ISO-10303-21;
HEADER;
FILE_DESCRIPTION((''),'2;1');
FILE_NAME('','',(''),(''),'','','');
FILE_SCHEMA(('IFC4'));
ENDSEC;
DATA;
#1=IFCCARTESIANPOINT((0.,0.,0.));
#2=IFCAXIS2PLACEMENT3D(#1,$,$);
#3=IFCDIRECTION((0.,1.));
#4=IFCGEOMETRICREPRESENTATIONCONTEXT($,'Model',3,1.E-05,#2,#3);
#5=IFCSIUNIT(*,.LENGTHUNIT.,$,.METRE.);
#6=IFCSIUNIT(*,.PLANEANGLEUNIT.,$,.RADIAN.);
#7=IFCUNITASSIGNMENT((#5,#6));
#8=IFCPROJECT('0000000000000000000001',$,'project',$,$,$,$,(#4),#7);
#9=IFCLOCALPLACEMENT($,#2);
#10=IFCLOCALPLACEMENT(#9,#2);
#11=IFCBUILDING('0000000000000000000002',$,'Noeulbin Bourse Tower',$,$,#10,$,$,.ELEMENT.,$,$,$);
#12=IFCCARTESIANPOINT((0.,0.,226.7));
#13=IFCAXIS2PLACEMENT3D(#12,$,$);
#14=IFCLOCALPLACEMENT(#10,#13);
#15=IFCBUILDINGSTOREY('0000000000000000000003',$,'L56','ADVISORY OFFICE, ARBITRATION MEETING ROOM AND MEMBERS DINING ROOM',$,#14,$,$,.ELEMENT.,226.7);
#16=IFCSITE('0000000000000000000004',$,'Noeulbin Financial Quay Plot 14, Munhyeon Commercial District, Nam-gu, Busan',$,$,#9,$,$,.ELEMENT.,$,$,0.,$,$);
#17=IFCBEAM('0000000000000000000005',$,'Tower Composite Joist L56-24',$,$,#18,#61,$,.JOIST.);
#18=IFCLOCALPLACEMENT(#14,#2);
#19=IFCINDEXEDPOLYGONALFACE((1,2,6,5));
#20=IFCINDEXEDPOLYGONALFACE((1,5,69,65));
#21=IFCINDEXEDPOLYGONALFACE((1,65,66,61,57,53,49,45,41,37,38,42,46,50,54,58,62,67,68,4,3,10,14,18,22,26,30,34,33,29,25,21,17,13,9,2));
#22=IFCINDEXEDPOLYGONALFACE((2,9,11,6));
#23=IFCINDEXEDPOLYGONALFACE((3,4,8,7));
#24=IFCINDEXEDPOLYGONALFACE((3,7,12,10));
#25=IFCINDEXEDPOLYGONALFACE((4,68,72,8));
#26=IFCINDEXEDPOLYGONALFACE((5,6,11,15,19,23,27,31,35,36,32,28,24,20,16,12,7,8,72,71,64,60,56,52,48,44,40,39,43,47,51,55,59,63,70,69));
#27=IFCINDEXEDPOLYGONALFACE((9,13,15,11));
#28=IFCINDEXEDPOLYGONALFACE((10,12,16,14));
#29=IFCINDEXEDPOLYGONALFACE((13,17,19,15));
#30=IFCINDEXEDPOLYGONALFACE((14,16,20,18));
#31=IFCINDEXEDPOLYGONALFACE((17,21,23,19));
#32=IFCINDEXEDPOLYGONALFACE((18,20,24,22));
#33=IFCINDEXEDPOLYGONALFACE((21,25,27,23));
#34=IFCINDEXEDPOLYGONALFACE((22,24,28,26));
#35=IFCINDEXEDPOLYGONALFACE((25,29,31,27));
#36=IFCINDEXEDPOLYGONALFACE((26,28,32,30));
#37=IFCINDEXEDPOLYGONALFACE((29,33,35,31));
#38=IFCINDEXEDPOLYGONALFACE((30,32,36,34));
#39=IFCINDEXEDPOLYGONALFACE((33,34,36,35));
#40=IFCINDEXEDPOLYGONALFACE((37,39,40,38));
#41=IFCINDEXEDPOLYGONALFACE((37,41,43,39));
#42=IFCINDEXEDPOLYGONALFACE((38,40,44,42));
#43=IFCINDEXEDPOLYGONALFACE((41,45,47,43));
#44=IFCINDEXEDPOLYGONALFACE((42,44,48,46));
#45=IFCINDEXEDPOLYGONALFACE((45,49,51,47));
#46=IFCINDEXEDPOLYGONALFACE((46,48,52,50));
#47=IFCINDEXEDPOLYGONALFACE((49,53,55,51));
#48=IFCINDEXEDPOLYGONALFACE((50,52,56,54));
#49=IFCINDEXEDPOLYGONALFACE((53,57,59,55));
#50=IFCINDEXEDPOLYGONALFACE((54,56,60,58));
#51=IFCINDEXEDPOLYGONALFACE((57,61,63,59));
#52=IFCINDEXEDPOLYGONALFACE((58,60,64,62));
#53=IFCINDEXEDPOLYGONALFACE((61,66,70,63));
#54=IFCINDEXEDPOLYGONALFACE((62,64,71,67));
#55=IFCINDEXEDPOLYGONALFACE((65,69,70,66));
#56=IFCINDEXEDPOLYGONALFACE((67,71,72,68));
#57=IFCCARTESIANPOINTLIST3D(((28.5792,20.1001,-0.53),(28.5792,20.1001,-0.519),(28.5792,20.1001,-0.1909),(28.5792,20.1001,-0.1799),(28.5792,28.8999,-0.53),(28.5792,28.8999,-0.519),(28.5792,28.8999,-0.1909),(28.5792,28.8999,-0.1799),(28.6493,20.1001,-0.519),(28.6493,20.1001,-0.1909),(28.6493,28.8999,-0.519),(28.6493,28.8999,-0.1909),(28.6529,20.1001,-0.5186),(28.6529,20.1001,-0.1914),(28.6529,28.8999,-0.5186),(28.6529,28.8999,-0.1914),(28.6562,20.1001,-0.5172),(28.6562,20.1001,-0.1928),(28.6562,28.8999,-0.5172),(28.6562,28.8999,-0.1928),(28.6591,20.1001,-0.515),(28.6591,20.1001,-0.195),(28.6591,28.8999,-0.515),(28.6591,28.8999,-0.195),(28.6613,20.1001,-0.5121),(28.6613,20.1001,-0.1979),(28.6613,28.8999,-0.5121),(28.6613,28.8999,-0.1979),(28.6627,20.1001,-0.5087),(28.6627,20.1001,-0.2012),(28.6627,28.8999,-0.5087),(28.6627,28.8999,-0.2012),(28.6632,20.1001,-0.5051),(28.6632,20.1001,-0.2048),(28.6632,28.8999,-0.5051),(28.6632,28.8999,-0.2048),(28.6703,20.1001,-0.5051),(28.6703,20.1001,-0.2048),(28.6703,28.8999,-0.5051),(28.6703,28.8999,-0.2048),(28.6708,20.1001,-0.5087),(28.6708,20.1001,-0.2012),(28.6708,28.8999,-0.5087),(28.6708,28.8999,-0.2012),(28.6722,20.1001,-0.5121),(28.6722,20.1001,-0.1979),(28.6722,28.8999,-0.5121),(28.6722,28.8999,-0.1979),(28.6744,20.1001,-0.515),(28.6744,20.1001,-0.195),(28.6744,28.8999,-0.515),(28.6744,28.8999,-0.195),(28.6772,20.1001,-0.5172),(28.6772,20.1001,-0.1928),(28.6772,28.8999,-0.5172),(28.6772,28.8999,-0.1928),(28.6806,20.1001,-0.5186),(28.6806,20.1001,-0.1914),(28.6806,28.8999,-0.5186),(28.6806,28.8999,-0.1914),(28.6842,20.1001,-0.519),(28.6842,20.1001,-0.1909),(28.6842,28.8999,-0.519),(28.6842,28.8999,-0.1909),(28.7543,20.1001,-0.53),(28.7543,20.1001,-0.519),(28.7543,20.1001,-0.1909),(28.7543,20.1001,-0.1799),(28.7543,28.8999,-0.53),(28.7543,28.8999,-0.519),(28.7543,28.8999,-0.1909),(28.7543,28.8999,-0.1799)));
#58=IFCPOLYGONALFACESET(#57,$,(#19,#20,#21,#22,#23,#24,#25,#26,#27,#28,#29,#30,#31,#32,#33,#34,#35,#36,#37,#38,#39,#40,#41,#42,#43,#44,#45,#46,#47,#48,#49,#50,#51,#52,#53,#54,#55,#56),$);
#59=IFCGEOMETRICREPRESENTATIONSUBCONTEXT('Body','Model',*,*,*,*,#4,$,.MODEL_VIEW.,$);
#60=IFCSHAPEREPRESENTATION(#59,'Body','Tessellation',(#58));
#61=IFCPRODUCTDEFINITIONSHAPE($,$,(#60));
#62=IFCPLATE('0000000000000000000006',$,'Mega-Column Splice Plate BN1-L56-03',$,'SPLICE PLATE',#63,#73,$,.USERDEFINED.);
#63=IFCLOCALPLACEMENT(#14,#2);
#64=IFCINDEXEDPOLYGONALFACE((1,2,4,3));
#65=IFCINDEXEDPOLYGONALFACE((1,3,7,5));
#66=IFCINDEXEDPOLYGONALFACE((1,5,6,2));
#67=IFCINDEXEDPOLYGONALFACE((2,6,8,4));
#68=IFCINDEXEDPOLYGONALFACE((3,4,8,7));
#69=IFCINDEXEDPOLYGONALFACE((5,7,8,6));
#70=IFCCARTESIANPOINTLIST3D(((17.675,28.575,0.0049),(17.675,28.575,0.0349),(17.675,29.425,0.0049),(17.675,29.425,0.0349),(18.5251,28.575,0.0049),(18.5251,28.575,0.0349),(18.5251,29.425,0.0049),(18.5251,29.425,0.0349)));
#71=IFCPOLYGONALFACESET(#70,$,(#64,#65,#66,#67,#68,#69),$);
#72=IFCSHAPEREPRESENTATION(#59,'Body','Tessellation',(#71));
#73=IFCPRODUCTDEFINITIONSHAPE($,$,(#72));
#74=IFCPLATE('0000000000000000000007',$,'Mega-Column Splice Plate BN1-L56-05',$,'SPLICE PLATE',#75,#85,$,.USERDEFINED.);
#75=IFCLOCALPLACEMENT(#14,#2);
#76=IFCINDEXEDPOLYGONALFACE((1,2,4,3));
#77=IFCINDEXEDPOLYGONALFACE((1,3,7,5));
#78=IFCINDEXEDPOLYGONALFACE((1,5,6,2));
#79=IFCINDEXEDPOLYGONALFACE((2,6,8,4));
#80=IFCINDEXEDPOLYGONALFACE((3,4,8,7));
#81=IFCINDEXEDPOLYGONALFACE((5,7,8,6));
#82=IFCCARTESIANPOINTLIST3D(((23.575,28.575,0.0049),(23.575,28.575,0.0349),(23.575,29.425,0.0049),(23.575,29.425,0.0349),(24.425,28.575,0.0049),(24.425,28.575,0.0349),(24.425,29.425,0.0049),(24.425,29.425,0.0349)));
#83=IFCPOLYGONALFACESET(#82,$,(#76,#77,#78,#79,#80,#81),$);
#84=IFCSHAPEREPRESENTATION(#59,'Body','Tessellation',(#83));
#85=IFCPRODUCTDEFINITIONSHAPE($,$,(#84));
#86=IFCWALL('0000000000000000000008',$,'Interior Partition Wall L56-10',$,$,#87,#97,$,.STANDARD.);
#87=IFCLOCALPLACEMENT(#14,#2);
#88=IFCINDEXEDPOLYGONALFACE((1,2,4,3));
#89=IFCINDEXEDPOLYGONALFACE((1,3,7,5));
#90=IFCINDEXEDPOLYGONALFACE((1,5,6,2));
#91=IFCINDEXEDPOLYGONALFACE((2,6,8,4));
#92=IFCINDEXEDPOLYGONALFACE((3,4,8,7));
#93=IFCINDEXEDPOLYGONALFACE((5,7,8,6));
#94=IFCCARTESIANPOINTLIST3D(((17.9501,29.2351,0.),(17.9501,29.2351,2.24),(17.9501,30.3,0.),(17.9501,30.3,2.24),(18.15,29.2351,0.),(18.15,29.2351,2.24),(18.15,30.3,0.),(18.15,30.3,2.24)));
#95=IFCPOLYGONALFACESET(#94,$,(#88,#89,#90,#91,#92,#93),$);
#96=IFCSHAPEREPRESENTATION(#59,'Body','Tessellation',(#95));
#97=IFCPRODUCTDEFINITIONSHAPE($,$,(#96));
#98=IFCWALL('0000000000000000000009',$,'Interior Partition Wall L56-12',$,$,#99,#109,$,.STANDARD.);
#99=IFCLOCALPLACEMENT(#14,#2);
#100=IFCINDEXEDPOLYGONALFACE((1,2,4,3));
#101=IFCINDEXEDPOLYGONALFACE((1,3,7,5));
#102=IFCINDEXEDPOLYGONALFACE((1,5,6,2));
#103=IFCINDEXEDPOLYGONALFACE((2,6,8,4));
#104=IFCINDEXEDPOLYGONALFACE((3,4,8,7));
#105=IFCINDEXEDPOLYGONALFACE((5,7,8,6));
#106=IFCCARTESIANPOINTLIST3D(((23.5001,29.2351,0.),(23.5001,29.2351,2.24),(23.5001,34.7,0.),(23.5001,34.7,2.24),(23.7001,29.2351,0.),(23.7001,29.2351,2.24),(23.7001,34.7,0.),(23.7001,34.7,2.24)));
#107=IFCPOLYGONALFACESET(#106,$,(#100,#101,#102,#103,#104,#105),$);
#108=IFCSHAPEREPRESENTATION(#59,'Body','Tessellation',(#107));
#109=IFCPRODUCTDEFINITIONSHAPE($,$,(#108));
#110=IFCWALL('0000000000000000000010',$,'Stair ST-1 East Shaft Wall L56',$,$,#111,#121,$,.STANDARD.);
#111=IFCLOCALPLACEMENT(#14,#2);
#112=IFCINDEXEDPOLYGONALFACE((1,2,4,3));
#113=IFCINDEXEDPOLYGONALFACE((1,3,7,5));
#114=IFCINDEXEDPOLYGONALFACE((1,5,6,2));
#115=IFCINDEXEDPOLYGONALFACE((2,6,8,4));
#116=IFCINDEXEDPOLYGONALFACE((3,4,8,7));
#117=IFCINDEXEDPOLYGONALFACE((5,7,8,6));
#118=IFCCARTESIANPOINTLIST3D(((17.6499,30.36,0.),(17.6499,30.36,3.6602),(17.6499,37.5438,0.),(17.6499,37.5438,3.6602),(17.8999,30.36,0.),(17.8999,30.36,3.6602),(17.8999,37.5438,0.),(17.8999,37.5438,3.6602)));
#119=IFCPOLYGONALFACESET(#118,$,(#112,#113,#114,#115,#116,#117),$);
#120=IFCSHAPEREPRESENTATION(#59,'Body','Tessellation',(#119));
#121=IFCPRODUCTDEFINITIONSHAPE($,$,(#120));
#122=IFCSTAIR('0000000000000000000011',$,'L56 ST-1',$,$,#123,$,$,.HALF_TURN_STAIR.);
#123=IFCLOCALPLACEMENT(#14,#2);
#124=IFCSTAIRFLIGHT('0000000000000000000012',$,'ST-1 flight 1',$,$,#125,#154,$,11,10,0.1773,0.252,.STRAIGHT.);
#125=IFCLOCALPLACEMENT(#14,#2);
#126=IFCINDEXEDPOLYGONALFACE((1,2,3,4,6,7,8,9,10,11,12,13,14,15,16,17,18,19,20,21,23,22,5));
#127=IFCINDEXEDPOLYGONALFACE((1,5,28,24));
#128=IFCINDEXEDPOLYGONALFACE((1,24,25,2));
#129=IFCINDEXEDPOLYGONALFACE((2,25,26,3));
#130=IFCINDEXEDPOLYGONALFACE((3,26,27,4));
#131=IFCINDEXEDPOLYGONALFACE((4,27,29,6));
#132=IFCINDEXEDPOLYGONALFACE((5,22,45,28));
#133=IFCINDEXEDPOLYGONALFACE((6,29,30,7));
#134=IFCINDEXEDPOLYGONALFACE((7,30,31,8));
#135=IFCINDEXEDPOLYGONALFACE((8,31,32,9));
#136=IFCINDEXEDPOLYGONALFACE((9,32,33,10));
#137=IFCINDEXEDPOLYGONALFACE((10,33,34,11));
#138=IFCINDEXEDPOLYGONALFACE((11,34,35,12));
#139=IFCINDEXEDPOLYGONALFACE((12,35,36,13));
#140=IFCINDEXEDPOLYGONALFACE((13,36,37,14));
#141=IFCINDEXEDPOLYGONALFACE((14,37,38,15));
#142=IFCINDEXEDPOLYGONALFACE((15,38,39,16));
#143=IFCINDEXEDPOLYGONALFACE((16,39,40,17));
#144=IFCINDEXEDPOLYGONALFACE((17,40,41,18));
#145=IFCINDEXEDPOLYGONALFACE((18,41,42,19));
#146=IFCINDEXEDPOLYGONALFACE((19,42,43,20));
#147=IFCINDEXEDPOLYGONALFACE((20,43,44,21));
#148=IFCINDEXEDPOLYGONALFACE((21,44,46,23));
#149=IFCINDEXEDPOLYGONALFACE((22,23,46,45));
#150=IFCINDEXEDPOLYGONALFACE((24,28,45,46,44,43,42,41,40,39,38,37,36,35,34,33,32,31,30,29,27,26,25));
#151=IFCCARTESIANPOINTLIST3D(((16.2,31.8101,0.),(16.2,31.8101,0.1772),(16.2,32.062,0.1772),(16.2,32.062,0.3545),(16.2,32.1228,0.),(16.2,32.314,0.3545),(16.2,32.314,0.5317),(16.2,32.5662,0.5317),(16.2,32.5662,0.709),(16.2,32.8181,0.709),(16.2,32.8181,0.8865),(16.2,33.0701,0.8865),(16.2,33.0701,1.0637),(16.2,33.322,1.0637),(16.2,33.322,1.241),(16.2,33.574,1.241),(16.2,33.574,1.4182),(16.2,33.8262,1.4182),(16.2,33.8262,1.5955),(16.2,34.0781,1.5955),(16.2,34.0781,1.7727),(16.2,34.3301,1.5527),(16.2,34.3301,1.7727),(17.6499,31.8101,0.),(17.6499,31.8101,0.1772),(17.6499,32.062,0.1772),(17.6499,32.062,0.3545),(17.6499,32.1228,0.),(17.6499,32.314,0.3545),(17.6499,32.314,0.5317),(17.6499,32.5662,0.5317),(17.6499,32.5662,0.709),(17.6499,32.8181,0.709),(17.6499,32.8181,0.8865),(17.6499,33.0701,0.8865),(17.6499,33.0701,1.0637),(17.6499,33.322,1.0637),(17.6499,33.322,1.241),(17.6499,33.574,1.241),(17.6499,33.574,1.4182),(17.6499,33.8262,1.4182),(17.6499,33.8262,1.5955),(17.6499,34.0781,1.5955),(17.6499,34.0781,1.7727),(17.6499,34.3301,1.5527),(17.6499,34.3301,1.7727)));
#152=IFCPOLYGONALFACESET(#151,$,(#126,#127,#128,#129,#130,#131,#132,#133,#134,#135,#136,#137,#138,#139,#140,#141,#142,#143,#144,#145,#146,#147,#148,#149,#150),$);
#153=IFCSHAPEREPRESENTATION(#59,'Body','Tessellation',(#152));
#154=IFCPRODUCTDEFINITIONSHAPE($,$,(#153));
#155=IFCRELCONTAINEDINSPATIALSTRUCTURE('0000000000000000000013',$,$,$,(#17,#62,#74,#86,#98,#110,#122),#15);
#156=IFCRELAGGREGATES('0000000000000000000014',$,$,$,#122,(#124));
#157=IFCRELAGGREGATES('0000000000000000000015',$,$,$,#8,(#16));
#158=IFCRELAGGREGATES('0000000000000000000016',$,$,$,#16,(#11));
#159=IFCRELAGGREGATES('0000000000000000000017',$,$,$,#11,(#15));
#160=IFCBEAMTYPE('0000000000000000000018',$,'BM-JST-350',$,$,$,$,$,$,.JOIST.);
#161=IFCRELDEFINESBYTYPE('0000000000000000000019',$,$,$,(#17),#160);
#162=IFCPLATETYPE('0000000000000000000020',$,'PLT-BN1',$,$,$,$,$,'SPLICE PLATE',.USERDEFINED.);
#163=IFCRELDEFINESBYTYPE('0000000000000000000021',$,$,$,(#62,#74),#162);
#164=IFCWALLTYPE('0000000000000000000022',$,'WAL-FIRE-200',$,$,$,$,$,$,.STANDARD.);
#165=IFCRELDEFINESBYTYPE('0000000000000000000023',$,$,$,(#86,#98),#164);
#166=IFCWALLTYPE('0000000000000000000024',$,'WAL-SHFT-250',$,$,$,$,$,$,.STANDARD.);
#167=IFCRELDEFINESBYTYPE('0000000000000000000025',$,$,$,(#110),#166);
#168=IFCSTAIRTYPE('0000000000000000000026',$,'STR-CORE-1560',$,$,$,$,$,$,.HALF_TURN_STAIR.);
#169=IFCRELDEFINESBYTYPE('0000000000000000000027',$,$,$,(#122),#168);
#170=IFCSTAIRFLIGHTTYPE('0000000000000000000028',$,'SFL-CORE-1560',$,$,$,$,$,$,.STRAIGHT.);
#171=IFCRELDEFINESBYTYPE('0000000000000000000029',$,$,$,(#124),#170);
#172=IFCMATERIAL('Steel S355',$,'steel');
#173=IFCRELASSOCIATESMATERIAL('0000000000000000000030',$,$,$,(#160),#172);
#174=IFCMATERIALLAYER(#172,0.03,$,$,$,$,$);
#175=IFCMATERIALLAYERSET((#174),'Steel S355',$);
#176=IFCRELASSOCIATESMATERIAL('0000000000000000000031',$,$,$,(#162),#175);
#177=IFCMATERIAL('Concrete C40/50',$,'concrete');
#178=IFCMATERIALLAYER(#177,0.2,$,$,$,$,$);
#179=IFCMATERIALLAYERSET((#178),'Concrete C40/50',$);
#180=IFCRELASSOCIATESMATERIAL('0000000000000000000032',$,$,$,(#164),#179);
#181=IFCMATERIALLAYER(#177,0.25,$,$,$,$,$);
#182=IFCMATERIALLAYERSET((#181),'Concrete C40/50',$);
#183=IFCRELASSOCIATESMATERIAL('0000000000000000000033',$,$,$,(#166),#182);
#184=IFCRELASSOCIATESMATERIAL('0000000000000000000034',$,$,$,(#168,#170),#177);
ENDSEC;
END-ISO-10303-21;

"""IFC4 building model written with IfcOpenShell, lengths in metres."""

from ifc_helpers import new_model, si_unit, direction, frame, frame_2d, origin, origin_2d, place, context, subcontext, project, spatial, polyline, rectangle, i_section, outline, extrude, material, layer, layer_set, material_profile, profile_set, type_object, element, aggregate, save


model = new_model("IFC4")

# Units and contexts
model_context = context("Model", 3, precision=1e-05, world=origin(), true_north=direction((0.0, 1.0)))
body_context = subcontext(model_context, "Body", "Model", "MODEL_VIEW")
ifc_project = project(units=[si_unit("LENGTHUNIT", "METRE"), si_unit("PLANEANGLEUNIT", "RADIAN")], contexts=[model_context])

# Site, building, storey
site_placement = place(None, origin())
site = spatial("IfcSite", under=ifc_project, at=site_placement, Name="Noeulbin Financial Quay Plot 14, Munhyeon Commercial District, Nam-gu, Busan", CompositionType="ELEMENT", RefElevation=0.0)
building_placement = place(site_placement, origin())
building = spatial("IfcBuilding", under=site, at=building_placement, Name="Noeulbin Bourse Tower", CompositionType="ELEMENT")
storey_placement = place(building_placement, frame((0.0, 0.0, 226.7)))
storey = spatial("IfcBuildingStorey", under=building, at=storey_placement, Name="L56", Description="ADVISORY OFFICE, ARBITRATION MEETING ROOM AND MEMBERS DINING ROOM", CompositionType="ELEMENT", Elevation=226.7)

# Shared definitions
ifc_material_1 = material(Name="Steel S355", Category="steel")

# Beam
ifc_material_profile_1 = material_profile(ifc_material_1, i_section(OverallWidth=0.175, OverallDepth=0.3501, WebThickness=0.0071, FlangeThickness=0.011, FilletRadius=0.0139, at=origin_2d()), Name="H-350x175x7x11", Category="LoadBearing")
ifc_profile_set_1 = profile_set([ifc_material_profile_1], Name="Steel S355")
beam_type = type_object("IfcBeamType", Name="BM-JST-350", PredefinedType="JOIST", material=ifc_profile_set_1)
for number, where, z_axis, x_axis, name in (
    (1, (28.6667, 20.1001, -0.355), (0.0, 1.0, 0.0), (-1.0, 0.0, 0.0), "Tower Composite Joist L56-24"),
):
    element("IfcBeam", number, at=place(storey_placement, frame(where, z_axis=z_axis, x_axis=x_axis)), inside=storey, type_object=beam_type, Name=name, PredefinedType="JOIST", context=body_context, shape_type="SweptSolid", body=[
        extrude(i_section(OverallWidth=0.175, OverallDepth=0.3501, WebThickness=0.0071, FlangeThickness=0.011, FilletRadius=0.0139, at=origin_2d()), origin(), (0.0, 0.0, 1.0), 8.7998),
    ])

# Plates
ifc_layer_1 = layer(ifc_material_1, 0.03)
ifc_layer_set_1 = layer_set([ifc_layer_1], Name="Steel S355")
plate_type = type_object("IfcPlateType", Name="PLT-BN1", ElementType="SPLICE PLATE", PredefinedType="USERDEFINED", material=ifc_layer_set_1)
for number, where, z_axis, x_axis, name in (
    (2, (18.1001, 29.0, 0.0049), (0.0, 0.0, 1.0), (1.0, 0.0, 0.0), "Mega-Column Splice Plate BN1-L56-03"),
    (3, (24.0, 29.0, 0.0049), (0.0, 0.0, 1.0), (1.0, 0.0, 0.0), "Mega-Column Splice Plate BN1-L56-05"),
):
    element("IfcPlate", number, at=place(storey_placement, frame(where, z_axis=z_axis, x_axis=x_axis)), inside=storey, type_object=plate_type, Name=name, ObjectType="SPLICE PLATE", PredefinedType="USERDEFINED", context=body_context, shape_type="SweptSolid", body=[
        extrude(rectangle(XDim=0.8501, YDim=0.8501, at=origin_2d()), origin(), (0.0, 0.0, 1.0), 0.03),
    ])

# Walls
ifc_material_2 = material(Name="Concrete C40/50", Category="concrete")
ifc_layer_2 = layer(ifc_material_2, 0.2)
ifc_layer_set_2 = layer_set([ifc_layer_2], Name="Concrete C40/50")
wall_type_1 = type_object("IfcWallType", Name="WAL-FIRE-200", PredefinedType="STANDARD", material=ifc_layer_set_2)
wall_1_placement = place(storey_placement, frame((18.05, 29.2351, 0.0), z_axis=(0.0, 0.0, 1.0), x_axis=(0.0, 1.0, 0.0)))
element("IfcWall", 4, at=wall_1_placement, inside=storey, type_object=wall_type_1, Name="Interior Partition Wall L56-10", PredefinedType="STANDARD", context=body_context, shape_type="SweptSolid", body=[
    extrude(rectangle(XDim=1.0649, YDim=0.2, at=frame_2d((0.5325, 0.0))), origin(), (0.0, 0.0, 1.0), 2.24),
])
wall_2_placement = place(storey_placement, frame((23.6001, 29.2351, 0.0), z_axis=(0.0, 0.0, 1.0), x_axis=(0.0, 1.0, 0.0)))
element("IfcWall", 5, at=wall_2_placement, inside=storey, type_object=wall_type_1, Name="Interior Partition Wall L56-12", PredefinedType="STANDARD", context=body_context, shape_type="SweptSolid", body=[
    extrude(rectangle(XDim=5.4648, YDim=0.2, at=frame_2d((2.7324, 0.0))), origin(), (0.0, 0.0, 1.0), 2.24),
])
ifc_layer_3 = layer(ifc_material_2, 0.25)
ifc_layer_set_3 = layer_set([ifc_layer_3], Name="Concrete C40/50")
wall_type_2 = type_object("IfcWallType", Name="WAL-SHFT-250", PredefinedType="STANDARD", material=ifc_layer_set_3)
wall_3_placement = place(storey_placement, frame((17.7749, 30.3601, 0.0), z_axis=(0.0, 0.0, 1.0), x_axis=(0.0, 1.0, 0.0)))
element("IfcWall", 6, at=wall_3_placement, inside=storey, type_object=wall_type_2, Name="Stair ST-1 East Shaft Wall L56", PredefinedType="STANDARD", context=body_context, shape_type="SweptSolid", body=[
    extrude(rectangle(XDim=7.1838, YDim=0.25, at=frame_2d((3.5918, 0.0))), origin(), (0.0, 0.0, 1.0), 3.6602),
])

# Stair, stair flight
stair_type = type_object("IfcStairType", Name="STR-CORE-1560", PredefinedType="HALF_TURN_STAIR", material=ifc_material_2)
stair_placement = place(storey_placement, origin())
stair = element("IfcStair", 7, at=stair_placement, inside=storey, type_object=stair_type, Name="L56 ST-1", PredefinedType="HALF_TURN_STAIR")
stair_flight_type = type_object("IfcStairFlightType", Name="SFL-CORE-1560", PredefinedType="STRAIGHT", material=ifc_material_2)
stair_flight_placement = place(storey_placement, frame((16.925, 31.8101, 0.0), z_axis=(0.0, 0.0, 1.0), x_axis=(0.0, 1.0, 0.0)))
stair_flight = element("IfcStairFlight", 8, at=stair_flight_placement, type_object=stair_flight_type, Name="ST-1 flight 1", NumberOfRisers=11, NumberOfTreads=10, PredefinedType="STRAIGHT", RiserHeight=0.1773, TreadLength=0.252, context=body_context, shape_type="SweptSolid", body=[
    extrude(outline(polyline([(0.0, 0.0), (0.0, 0.1772), (0.252, 0.1772), (0.252, 0.3545), (0.5039, 0.3545), (0.5039, 0.5317), (0.7561, 0.5317), (0.7561, 0.709), (1.0081, 0.709), (1.0081, 0.8865), (1.26, 0.8865), (1.26, 1.0637), (1.512, 1.0637), (1.512, 1.241), (1.7639, 1.241), (1.7639, 1.4182), (2.0161, 1.4182), (2.0161, 1.5955), (2.2681, 1.5955), (2.2681, 1.7727), (2.52, 1.7727), (2.52, 1.95), (2.52, 1.5527), (0.3127, 0.0), (0.0, 0.0)])), frame((0.0, 0.7251, 0.0), z_axis=(0.0, -1.0, 0.0), x_axis=(1.0, 0.0, 0.0)), (0.0, 0.0, 1.0), 1.45),
])
aggregate(stair, [stair_flight])

save(model, "model.ifc")
